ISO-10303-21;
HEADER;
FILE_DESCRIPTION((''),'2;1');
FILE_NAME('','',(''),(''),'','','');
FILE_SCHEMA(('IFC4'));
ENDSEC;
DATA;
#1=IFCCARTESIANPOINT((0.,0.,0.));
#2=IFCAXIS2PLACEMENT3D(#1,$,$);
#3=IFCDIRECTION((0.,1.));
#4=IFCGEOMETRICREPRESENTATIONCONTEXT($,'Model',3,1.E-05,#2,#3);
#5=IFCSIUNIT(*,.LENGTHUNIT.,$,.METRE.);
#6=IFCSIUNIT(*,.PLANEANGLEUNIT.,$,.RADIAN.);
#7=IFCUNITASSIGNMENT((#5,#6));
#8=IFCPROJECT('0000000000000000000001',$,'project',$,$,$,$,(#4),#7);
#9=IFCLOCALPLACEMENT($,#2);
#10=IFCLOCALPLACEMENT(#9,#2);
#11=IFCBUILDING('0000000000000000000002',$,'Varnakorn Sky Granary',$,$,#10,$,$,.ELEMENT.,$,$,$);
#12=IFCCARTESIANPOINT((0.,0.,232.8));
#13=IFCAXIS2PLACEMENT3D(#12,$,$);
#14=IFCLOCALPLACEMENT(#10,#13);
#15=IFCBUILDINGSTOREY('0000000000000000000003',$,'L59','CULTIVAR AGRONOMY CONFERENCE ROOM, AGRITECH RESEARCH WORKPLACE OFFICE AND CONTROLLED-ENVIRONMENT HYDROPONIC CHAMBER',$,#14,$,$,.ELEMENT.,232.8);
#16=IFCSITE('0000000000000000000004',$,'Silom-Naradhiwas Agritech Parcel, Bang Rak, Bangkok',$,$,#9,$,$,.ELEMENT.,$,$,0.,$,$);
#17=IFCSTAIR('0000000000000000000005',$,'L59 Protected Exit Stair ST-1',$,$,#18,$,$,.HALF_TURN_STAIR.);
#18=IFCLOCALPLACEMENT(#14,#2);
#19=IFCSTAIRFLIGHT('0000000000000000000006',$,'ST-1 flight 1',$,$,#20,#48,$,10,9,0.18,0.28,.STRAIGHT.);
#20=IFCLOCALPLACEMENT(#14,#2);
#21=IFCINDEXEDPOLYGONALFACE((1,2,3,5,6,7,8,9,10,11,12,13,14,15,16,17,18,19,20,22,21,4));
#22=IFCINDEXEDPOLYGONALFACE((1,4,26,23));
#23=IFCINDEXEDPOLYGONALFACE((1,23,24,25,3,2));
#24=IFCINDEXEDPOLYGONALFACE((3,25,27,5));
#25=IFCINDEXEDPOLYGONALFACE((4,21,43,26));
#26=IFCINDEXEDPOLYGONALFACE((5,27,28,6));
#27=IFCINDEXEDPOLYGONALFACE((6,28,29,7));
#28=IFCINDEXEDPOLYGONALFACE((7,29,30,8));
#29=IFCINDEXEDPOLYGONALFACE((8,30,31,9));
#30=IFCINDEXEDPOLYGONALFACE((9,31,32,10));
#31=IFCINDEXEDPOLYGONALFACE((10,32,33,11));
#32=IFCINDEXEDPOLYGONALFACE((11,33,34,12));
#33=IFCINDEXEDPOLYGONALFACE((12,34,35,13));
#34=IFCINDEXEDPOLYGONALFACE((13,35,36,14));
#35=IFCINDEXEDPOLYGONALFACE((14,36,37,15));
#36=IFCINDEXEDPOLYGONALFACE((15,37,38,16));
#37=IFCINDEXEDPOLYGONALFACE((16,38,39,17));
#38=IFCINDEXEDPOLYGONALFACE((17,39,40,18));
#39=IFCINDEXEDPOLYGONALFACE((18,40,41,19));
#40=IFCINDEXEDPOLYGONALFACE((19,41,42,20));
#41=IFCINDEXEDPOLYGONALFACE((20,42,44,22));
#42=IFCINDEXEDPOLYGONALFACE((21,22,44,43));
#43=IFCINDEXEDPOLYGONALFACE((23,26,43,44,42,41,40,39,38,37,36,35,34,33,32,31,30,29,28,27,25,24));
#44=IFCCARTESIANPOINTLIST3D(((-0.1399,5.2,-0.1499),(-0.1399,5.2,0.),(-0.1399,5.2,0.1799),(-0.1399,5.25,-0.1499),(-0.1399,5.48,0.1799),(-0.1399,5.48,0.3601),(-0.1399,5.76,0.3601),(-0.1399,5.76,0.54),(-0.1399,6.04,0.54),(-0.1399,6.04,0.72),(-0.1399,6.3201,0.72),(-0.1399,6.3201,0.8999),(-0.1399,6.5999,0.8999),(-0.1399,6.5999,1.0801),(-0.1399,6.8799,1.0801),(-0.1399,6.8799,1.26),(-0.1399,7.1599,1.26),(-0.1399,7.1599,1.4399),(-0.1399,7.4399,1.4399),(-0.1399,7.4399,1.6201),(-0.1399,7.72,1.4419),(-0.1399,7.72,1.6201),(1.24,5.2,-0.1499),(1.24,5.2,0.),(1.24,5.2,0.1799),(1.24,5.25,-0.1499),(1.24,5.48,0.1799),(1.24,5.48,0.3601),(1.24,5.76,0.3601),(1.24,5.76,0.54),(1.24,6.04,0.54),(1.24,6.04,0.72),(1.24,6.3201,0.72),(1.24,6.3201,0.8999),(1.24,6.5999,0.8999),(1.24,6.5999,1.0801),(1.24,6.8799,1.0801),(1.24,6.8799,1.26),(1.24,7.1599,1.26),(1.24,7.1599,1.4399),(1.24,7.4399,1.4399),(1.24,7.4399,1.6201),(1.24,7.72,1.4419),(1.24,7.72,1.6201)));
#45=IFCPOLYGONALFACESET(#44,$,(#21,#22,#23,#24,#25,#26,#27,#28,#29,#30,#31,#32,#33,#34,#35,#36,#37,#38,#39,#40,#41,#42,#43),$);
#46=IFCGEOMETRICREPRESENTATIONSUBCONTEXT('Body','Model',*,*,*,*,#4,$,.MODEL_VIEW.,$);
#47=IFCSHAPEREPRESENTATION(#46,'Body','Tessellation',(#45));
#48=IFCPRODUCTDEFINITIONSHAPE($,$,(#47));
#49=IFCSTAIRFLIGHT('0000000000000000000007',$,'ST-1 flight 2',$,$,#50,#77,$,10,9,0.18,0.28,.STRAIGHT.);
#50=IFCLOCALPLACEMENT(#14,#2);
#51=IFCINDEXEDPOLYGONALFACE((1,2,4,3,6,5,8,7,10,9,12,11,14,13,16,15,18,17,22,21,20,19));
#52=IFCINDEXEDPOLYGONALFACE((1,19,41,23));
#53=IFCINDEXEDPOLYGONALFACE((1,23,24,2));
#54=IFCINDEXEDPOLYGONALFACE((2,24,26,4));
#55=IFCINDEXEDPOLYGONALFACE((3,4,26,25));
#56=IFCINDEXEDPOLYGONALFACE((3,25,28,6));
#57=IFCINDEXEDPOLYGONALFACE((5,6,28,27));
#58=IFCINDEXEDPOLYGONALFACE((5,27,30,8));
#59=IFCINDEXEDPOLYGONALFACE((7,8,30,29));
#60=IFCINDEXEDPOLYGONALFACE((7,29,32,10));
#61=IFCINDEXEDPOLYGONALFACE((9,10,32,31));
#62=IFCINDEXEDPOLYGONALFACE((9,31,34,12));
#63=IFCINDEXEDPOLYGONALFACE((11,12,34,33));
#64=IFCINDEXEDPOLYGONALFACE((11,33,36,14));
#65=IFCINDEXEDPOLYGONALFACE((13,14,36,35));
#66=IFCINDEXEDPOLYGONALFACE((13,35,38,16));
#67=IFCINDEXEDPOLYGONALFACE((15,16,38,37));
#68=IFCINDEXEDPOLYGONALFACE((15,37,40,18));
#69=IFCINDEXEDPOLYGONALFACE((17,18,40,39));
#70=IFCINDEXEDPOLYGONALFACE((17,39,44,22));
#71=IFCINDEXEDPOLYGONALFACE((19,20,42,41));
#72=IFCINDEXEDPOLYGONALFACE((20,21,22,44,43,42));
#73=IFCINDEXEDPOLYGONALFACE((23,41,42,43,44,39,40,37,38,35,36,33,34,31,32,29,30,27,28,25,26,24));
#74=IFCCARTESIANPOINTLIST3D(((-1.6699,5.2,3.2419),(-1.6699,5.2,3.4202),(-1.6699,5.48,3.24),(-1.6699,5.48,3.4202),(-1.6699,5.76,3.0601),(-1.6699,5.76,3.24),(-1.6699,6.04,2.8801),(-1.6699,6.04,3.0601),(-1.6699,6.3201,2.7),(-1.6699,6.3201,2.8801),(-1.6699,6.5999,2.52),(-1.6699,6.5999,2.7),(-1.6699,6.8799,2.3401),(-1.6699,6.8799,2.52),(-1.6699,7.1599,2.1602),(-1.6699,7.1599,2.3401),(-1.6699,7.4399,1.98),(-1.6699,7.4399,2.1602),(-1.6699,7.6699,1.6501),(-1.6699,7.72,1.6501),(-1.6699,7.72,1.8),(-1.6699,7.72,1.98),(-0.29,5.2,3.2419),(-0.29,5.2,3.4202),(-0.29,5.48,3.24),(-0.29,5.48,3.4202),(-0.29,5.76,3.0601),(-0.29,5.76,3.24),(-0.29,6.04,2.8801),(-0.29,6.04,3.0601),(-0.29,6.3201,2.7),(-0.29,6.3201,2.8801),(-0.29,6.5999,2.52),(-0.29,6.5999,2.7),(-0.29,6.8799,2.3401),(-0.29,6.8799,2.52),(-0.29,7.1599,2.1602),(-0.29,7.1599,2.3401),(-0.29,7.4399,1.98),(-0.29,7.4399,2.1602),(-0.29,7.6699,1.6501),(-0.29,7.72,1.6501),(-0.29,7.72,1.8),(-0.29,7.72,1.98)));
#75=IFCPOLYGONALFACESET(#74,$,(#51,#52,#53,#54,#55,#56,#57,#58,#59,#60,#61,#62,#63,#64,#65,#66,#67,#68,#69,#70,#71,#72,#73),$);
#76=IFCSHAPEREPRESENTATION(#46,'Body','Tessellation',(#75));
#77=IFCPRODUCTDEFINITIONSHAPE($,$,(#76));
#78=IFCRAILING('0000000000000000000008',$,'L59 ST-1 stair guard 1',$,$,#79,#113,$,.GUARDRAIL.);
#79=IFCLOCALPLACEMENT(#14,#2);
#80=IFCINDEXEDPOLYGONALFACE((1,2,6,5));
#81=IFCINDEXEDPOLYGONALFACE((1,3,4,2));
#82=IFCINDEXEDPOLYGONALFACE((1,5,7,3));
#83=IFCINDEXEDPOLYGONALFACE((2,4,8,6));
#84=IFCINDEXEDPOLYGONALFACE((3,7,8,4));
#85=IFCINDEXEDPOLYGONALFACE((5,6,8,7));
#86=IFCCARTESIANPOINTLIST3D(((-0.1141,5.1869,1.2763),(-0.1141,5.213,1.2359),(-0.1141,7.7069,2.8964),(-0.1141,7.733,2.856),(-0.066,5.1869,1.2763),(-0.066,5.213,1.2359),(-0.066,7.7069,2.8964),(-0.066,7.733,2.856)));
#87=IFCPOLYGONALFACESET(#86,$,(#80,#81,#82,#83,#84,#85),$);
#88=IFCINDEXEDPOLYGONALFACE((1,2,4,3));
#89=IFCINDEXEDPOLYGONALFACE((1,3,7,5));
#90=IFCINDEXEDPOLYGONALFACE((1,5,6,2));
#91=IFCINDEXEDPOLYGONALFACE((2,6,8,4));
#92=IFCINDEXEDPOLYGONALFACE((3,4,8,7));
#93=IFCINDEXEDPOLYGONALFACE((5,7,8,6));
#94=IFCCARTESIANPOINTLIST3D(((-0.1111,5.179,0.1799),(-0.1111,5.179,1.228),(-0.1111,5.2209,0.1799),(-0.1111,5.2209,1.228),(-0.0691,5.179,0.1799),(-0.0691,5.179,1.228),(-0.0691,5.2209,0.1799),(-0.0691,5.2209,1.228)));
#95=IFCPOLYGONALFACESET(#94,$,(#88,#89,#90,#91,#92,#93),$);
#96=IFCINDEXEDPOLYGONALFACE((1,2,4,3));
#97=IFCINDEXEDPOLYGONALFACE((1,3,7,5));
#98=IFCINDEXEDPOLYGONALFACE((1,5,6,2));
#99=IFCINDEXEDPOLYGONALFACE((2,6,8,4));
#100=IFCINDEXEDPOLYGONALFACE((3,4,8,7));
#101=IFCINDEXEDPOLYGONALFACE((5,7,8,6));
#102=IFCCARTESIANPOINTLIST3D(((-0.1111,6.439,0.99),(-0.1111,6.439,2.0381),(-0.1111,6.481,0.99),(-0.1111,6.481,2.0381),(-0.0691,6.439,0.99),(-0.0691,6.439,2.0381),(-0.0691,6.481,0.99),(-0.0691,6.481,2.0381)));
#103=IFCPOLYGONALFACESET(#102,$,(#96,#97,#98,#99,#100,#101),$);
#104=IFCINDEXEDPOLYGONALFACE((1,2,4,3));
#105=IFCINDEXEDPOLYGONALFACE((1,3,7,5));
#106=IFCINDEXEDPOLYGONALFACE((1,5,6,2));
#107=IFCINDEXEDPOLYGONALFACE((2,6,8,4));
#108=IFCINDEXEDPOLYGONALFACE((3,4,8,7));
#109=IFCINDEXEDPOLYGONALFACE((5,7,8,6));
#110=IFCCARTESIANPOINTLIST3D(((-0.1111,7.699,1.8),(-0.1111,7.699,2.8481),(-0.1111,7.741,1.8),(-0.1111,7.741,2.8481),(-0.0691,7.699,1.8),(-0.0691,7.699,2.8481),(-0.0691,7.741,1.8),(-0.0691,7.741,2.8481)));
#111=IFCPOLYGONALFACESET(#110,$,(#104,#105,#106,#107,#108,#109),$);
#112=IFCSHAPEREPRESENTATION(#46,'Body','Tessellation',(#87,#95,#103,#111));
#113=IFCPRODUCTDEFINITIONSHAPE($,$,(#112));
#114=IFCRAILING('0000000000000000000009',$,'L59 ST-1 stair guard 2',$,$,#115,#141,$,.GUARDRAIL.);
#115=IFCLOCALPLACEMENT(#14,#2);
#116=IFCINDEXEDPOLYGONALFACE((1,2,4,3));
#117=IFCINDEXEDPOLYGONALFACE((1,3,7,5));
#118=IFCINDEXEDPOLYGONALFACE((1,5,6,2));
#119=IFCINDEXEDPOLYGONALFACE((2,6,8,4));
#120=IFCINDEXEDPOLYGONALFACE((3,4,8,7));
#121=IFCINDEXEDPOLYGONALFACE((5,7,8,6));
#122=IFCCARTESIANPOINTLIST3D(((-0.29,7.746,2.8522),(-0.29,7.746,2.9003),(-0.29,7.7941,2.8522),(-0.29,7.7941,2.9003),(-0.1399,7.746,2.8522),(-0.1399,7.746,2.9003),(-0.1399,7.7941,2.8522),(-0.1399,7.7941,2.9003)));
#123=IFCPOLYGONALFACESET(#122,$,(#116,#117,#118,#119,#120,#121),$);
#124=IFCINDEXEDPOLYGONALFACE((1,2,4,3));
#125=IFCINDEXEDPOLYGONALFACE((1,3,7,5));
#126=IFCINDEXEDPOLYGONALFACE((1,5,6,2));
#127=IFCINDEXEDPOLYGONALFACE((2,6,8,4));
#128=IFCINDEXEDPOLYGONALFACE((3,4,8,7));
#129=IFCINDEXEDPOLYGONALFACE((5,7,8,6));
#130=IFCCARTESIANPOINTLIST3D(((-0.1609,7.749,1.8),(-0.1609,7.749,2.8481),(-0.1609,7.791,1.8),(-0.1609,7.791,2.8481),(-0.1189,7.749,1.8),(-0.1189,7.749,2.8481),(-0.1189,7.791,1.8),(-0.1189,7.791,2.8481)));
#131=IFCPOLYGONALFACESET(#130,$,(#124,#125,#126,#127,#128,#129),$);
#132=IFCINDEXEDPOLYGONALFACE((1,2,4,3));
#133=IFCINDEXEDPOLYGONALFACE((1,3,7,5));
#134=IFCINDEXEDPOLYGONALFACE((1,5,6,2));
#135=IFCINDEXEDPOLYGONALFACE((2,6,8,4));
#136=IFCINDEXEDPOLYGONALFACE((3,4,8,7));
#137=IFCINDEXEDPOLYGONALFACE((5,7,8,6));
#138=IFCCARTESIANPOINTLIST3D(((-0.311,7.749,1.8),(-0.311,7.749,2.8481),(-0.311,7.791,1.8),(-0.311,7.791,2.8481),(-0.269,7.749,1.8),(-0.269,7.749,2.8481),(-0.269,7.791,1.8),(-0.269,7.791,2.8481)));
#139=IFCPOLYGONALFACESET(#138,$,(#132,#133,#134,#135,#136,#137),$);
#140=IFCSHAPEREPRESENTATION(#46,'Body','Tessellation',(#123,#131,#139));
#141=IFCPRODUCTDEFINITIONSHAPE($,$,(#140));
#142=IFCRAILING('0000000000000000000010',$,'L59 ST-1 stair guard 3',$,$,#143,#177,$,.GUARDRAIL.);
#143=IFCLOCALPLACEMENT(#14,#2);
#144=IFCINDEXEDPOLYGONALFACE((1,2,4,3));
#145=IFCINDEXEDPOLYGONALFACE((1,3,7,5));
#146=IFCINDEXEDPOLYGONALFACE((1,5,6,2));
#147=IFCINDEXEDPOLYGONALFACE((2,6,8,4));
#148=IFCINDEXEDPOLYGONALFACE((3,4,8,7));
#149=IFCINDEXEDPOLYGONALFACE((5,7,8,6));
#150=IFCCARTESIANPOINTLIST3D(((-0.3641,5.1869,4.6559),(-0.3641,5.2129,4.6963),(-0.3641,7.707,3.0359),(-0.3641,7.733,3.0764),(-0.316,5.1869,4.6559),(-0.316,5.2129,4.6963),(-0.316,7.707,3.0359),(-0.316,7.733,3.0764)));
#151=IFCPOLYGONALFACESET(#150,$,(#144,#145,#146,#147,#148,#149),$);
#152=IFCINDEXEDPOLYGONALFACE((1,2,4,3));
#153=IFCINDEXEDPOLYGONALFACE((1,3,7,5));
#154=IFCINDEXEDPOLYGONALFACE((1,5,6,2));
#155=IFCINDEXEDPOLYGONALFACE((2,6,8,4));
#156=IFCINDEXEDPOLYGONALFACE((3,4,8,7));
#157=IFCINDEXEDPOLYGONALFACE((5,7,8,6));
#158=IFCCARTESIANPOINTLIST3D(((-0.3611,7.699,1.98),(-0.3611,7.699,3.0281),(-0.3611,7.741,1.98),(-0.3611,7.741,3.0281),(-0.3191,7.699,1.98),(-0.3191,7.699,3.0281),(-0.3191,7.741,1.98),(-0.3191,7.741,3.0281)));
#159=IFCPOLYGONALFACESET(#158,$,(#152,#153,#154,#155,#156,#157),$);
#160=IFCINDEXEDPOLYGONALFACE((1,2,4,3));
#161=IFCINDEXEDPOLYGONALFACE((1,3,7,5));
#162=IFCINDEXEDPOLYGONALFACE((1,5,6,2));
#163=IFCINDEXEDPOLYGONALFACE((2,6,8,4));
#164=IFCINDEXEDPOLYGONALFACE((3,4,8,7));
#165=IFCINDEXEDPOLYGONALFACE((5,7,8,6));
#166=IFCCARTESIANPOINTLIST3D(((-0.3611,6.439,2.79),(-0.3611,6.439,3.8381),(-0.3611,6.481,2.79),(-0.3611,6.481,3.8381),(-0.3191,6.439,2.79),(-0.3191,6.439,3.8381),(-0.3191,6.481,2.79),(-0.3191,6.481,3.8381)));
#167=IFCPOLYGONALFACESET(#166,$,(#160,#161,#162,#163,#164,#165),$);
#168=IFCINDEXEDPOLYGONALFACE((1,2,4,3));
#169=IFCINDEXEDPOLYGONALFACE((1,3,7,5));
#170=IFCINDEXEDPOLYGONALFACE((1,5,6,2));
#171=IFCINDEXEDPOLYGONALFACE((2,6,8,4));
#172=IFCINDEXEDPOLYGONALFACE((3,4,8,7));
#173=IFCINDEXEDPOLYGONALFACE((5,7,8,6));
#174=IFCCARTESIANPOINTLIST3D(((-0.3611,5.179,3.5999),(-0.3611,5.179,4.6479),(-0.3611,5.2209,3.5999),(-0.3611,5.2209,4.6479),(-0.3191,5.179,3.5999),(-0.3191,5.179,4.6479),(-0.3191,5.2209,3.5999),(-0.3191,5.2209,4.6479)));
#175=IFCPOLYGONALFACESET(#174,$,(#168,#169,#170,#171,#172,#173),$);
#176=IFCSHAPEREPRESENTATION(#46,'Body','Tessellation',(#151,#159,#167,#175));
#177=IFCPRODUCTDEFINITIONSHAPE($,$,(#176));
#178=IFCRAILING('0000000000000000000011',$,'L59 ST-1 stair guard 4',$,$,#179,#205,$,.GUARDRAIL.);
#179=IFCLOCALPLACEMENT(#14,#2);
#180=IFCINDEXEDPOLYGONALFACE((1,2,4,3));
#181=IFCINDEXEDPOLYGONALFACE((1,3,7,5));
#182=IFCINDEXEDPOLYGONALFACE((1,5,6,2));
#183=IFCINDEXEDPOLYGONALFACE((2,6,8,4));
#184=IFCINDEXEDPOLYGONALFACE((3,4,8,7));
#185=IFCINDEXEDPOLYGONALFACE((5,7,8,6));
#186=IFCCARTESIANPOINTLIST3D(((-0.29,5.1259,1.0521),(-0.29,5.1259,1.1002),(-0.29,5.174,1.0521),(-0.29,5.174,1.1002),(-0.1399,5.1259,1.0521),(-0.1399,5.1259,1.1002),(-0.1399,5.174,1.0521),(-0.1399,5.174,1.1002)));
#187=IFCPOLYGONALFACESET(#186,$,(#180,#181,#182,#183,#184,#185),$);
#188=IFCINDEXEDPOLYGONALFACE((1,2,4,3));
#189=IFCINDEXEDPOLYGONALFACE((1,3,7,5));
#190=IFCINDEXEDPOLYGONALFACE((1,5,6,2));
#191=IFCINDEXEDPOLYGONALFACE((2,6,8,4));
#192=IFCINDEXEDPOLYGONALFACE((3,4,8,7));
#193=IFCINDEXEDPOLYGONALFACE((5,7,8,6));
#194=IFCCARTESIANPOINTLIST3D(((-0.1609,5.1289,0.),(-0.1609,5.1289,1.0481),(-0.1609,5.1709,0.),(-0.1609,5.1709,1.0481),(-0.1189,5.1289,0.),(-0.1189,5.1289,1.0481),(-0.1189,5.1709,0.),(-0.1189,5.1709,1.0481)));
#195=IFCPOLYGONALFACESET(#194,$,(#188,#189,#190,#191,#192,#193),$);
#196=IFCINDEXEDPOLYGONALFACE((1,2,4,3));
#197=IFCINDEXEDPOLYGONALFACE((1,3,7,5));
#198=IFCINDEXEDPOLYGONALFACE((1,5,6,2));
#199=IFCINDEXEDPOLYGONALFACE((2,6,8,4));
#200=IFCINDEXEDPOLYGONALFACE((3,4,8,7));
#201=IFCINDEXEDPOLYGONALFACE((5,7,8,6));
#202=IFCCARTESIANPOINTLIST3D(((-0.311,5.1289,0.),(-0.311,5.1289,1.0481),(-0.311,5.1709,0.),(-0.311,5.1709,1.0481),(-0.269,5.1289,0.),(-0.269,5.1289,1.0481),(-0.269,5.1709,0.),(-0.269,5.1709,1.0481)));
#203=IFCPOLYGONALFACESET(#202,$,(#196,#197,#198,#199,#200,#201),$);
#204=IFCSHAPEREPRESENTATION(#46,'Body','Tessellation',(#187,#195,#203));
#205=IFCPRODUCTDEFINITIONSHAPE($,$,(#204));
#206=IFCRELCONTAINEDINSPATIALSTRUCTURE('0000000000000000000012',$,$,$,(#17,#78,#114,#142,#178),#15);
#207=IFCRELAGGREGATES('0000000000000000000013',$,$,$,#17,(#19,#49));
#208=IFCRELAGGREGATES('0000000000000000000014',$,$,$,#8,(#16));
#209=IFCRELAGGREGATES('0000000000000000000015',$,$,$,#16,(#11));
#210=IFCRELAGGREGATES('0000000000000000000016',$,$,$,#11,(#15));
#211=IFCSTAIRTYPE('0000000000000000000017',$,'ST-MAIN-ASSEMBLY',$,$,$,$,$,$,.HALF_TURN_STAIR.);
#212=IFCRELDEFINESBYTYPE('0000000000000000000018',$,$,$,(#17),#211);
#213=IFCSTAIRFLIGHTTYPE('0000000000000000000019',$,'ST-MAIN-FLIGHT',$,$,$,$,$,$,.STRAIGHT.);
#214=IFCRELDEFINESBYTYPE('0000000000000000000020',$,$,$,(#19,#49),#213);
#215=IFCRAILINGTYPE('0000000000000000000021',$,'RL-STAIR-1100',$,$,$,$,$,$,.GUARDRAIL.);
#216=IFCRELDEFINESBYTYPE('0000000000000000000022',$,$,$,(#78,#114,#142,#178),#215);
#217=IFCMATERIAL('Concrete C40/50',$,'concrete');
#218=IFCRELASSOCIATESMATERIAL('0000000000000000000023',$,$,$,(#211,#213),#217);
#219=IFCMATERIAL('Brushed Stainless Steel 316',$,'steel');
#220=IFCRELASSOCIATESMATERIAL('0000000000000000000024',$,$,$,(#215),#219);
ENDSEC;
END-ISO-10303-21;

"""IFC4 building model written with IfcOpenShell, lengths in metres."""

from ifc_helpers import new_model, si_unit, direction, frame, origin, origin_2d, place, context, subcontext, project, spatial, polyline, rectangle, outline, extrude, material, type_object, element, aggregate, save


model = new_model("IFC4")

# Units and contexts
model_context = context("Model", 3, precision=1e-05, world=origin(), true_north=direction((0.0, 1.0)))
body_context = subcontext(model_context, "Body", "Model", "MODEL_VIEW")
ifc_project = project(units=[si_unit("LENGTHUNIT", "METRE"), si_unit("PLANEANGLEUNIT", "RADIAN")], contexts=[model_context])

# Site, building, storey
site_placement = place(None, origin())
site = spatial("IfcSite", under=ifc_project, at=site_placement, Name="Silom-Naradhiwas Agritech Parcel, Bang Rak, Bangkok", CompositionType="ELEMENT", RefElevation=0.0)
building_placement = place(site_placement, origin())
building = spatial("IfcBuilding", under=site, at=building_placement, Name="Varnakorn Sky Granary", CompositionType="ELEMENT")
storey_placement = place(building_placement, frame((0.0, 0.0, 232.8)))
storey = spatial("IfcBuildingStorey", under=building, at=storey_placement, Name="L59", Description="CULTIVAR AGRONOMY CONFERENCE ROOM, AGRITECH RESEARCH WORKPLACE OFFICE AND CONTROLLED-ENVIRONMENT HYDROPONIC CHAMBER", CompositionType="ELEMENT", Elevation=232.8)

# Stair, stair flights
ifc_material_1 = material(Name="Concrete C40/50", Category="concrete")
stair_type = type_object("IfcStairType", Name="ST-MAIN-ASSEMBLY", PredefinedType="HALF_TURN_STAIR", material=ifc_material_1)
stair_placement = place(storey_placement, origin())
stair = element("IfcStair", 1, at=stair_placement, inside=storey, type_object=stair_type, Name="L59 Protected Exit Stair ST-1", PredefinedType="HALF_TURN_STAIR")
stair_flight_type = type_object("IfcStairFlightType", Name="ST-MAIN-FLIGHT", PredefinedType="STRAIGHT", material=ifc_material_1)
stair_flight_1_placement = place(storey_placement, frame((0.55, 5.2, 0.0), z_axis=(0.0, 0.0, 1.0), x_axis=(0.0, 1.0, 0.0)))
stair_flight_1 = element("IfcStairFlight", 2, at=stair_flight_1_placement, type_object=stair_flight_type, Name="ST-1 flight 1", NumberOfRisers=10, NumberOfTreads=9, PredefinedType="STRAIGHT", RiserHeight=0.18, TreadLength=0.28, context=body_context, shape_type="SweptSolid", body=[
    extrude(outline(polyline([(0.0, -0.1499), (0.0, 0.0), (0.0, 0.1799), (0.28, 0.1799), (0.28, 0.3601), (0.5601, 0.3601), (0.5601, 0.54), (0.8401, 0.54), (0.8401, 0.72), (1.1201, 0.72), (1.1201, 0.8999), (1.3999, 0.8999), (1.3999, 1.0801), (1.6799, 1.0801), (1.6799, 1.26), (1.96, 1.26), (1.96, 1.4399), (2.24, 1.4399), (2.24, 1.6201), (2.52, 1.6201), (2.52, 1.8), (2.52, 1.4419), (0.05, -0.1499), (0.0, -0.1499)])), frame((0.0, 0.6899, 0.0), z_axis=(0.0, -1.0, 0.0), x_axis=(1.0, 0.0, 0.0)), (0.0, 0.0, 1.0), 1.3799),
])
stair_flight_2_placement = place(storey_placement, frame((-0.98, 7.72, 1.8), z_axis=(0.0, 0.0, 1.0), x_axis=(0.0, -1.0, 0.0)))
stair_flight_2 = element("IfcStairFlight", 3, at=stair_flight_2_placement, type_object=stair_flight_type, Name="ST-1 flight 2", NumberOfRisers=10, NumberOfTreads=9, PredefinedType="STRAIGHT", RiserHeight=0.18, TreadLength=0.28, context=body_context, shape_type="SweptSolid", body=[
    extrude(outline(polyline([(0.0, -0.1499), (0.0, 0.0), (0.0, 0.1799), (0.28, 0.1799), (0.28, 0.3601), (0.5601, 0.3601), (0.5601, 0.54), (0.8401, 0.54), (0.8401, 0.72), (1.1201, 0.72), (1.1201, 0.8999), (1.3999, 0.8999), (1.3999, 1.0801), (1.6799, 1.0801), (1.6799, 1.26), (1.96, 1.26), (1.96, 1.4399), (2.24, 1.4399), (2.24, 1.6201), (2.52, 1.6201), (2.52, 1.8), (2.52, 1.4419), (0.05, -0.1499), (0.0, -0.1499)])), frame((0.0, 0.6899, 0.0), z_axis=(0.0, -1.0, 0.0), x_axis=(1.0, 0.0, 0.0)), (0.0, 0.0, 1.0), 1.3799),
])
aggregate(stair, [stair_flight_1, stair_flight_2])

# Railings
ifc_material_2 = material(Name="Brushed Stainless Steel 316", Category="steel")
railing_type_1 = type_object("IfcRailingType", Name="RL-STAIR-1100", PredefinedType="GUARDRAIL", material=ifc_material_2)
railing_1_placement = place(storey_placement, frame((-0.0901, 5.2, 0.1799)))
element("IfcRailing", 4, at=railing_1_placement, inside=storey, type_object=railing_type_1, Name="L59 ST-1 stair guard 1", PredefinedType="GUARDRAIL", context=body_context, shape_type="SweptSolid", body=[
    extrude(rectangle(XDim=0.0481, YDim=0.0481, at=origin_2d()), frame((0.0, 0.0, 1.0762), z_axis=(0.0, 0.841163, 0.540782), x_axis=(-1.0, 0.0, 0.0)), (0.0, 0.0, 1.0), 2.9958),
    extrude(rectangle(XDim=0.042, YDim=0.042, at=origin_2d()), origin(), (0.0, 0.0, 1.0), 1.0481),
    extrude(rectangle(XDim=0.042, YDim=0.042, at=origin_2d()), frame((0.0, 1.26, 0.8101)), (0.0, 0.0, 1.0), 1.0481),
    extrude(rectangle(XDim=0.042, YDim=0.042, at=origin_2d()), frame((0.0, 2.52, 1.6201)), (0.0, 0.0, 1.0), 1.0481),
])
railing_2_placement = place(storey_placement, frame((-0.1399, 7.77, 1.8)))
element("IfcRailing", 5, at=railing_2_placement, inside=storey, type_object=railing_type_1, Name="L59 ST-1 stair guard 2", PredefinedType="GUARDRAIL", context=body_context, shape_type="SweptSolid", body=[
    extrude(rectangle(XDim=0.0481, YDim=0.0481, at=origin_2d()), frame((0.0, 0.0, 1.0762), z_axis=(-1.0, 0.0, 0.0), x_axis=(0.0, -1.0, 0.0)), (0.0, 0.0, 1.0), 0.1501),
    extrude(rectangle(XDim=0.042, YDim=0.042, at=origin_2d()), origin(), (0.0, 0.0, 1.0), 1.0481),
    extrude(rectangle(XDim=0.042, YDim=0.042, at=origin_2d()), frame((-0.1501, 0.0, 0.0)), (0.0, 0.0, 1.0), 1.0481),
])
railing_3_placement = place(storey_placement, frame((-0.3401, 7.72, 1.98)))
element("IfcRailing", 6, at=railing_3_placement, inside=storey, type_object=railing_type_1, Name="L59 ST-1 stair guard 3", PredefinedType="GUARDRAIL", context=body_context, shape_type="SweptSolid", body=[
    extrude(rectangle(XDim=0.0481, YDim=0.0481, at=origin_2d()), frame((0.0, 0.0, 1.0762), z_axis=(0.0, -0.8412, 0.540725), x_axis=(1.0, 0.0, 0.0)), (0.0, 0.0, 1.0), 2.9958),
    extrude(rectangle(XDim=0.042, YDim=0.042, at=origin_2d()), origin(), (0.0, 0.0, 1.0), 1.0481),
    extrude(rectangle(XDim=0.042, YDim=0.042, at=origin_2d()), frame((0.0, -1.26, 0.8101)), (0.0, 0.0, 1.0), 1.0481),
    extrude(rectangle(XDim=0.042, YDim=0.042, at=origin_2d()), frame((0.0, -2.52, 1.6199)), (0.0, 0.0, 1.0), 1.0481),
])
railing_4_placement = place(storey_placement, frame((-0.1399, 5.1499, 0.0)))
element("IfcRailing", 7, at=railing_4_placement, inside=storey, type_object=railing_type_1, Name="L59 ST-1 stair guard 4", PredefinedType="GUARDRAIL", context=body_context, shape_type="SweptSolid", body=[
    extrude(rectangle(XDim=0.0481, YDim=0.0481, at=origin_2d()), frame((0.0, 0.0, 1.0762), z_axis=(-1.0, 0.0, 0.0), x_axis=(0.0, -1.0, 0.0)), (0.0, 0.0, 1.0), 0.1501),
    extrude(rectangle(XDim=0.042, YDim=0.042, at=origin_2d()), origin(), (0.0, 0.0, 1.0), 1.0481),
    extrude(rectangle(XDim=0.042, YDim=0.042, at=origin_2d()), frame((-0.1501, 0.0, 0.0)), (0.0, 0.0, 1.0), 1.0481),
])

save(model, "model.ifc")
